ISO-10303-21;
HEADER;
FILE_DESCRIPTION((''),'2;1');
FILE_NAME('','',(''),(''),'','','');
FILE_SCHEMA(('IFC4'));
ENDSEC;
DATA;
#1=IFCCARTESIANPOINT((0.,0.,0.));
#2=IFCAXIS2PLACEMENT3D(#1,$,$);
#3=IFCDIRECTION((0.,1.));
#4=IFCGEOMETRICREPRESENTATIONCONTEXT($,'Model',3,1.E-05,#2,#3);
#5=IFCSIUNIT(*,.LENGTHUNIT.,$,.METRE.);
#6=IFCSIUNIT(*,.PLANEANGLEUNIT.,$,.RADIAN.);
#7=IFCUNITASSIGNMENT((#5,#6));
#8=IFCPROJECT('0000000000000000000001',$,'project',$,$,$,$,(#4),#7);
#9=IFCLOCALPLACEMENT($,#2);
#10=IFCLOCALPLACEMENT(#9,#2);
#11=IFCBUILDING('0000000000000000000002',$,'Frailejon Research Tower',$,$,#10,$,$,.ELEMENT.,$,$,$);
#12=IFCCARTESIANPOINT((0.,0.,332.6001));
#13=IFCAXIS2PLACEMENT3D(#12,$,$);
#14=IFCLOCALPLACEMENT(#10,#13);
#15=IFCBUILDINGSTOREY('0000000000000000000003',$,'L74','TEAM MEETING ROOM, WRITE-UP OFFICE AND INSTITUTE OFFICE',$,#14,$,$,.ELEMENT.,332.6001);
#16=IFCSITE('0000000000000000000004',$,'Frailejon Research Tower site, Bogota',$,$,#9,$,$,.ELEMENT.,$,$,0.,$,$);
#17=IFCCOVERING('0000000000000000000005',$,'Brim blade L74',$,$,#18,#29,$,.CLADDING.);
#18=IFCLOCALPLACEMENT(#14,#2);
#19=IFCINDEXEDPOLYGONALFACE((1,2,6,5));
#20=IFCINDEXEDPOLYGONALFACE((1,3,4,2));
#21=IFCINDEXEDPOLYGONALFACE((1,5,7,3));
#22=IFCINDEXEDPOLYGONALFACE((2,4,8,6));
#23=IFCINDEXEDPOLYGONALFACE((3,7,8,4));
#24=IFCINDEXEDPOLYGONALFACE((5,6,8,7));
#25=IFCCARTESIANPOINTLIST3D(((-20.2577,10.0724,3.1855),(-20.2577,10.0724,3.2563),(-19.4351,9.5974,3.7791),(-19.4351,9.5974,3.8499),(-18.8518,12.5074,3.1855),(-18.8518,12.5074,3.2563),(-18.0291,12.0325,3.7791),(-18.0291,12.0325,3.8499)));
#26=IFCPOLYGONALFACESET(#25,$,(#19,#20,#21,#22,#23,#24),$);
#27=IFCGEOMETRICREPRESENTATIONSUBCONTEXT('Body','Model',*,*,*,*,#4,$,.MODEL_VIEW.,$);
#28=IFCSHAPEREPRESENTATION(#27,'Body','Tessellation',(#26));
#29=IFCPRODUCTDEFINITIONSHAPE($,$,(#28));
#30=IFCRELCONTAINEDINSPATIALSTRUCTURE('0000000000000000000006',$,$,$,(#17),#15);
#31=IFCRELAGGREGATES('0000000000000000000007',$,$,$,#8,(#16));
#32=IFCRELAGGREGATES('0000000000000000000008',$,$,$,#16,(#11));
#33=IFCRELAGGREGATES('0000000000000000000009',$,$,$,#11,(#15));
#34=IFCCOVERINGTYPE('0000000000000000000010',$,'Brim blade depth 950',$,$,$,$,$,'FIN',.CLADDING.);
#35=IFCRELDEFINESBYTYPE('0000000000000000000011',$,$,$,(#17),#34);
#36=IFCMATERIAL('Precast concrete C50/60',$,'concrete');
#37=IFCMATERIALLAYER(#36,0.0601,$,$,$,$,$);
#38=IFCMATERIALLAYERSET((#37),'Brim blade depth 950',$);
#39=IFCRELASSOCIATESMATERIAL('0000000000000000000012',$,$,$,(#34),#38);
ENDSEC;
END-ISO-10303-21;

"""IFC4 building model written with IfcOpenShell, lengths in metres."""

from ifc_helpers import new_model, si_unit, direction, frame, origin, place, context, subcontext, project, spatial, polyline, outline, extrude, material, layer, layer_set, type_object, element, save


model = new_model("IFC4")

# Units and contexts
model_context = context("Model", 3, precision=1e-05, world=origin(), true_north=direction((0.0, 1.0)))
body_context = subcontext(model_context, "Body", "Model", "MODEL_VIEW")
ifc_project = project(units=[si_unit("LENGTHUNIT", "METRE"), si_unit("PLANEANGLEUNIT", "RADIAN")], contexts=[model_context])

# Site, building, storey
site_placement = place(None, origin())
site = spatial("IfcSite", under=ifc_project, at=site_placement, Name="Frailejon Research Tower site, Bogota", CompositionType="ELEMENT", RefElevation=0.0)
building_placement = place(site_placement, origin())
building = spatial("IfcBuilding", under=site, at=building_placement, Name="Frailejon Research Tower", CompositionType="ELEMENT")
storey_placement = place(building_placement, frame((0.0, 0.0, 332.6001)))
storey = spatial("IfcBuildingStorey", under=building, at=storey_placement, Name="L74", Description="TEAM MEETING ROOM, WRITE-UP OFFICE AND INSTITUTE OFFICE", CompositionType="ELEMENT", Elevation=332.6001)

# Covering
ifc_material_1 = material(Name="Precast concrete C50/60", Category="concrete")
ifc_layer_1 = layer(ifc_material_1, 0.0601)
ifc_layer_set_1 = layer_set([ifc_layer_1], Name="Brim blade depth 950")
covering_type_1 = type_object("IfcCoveringType", Name="Brim blade depth 950", ElementType="FIN", PredefinedType="CLADDING", material=ifc_layer_set_1)
covering_1_placement = place(storey_placement, frame((-19.4351, 9.5974, 3.8499), z_axis=(0.500014, 0.866017, 0.0), x_axis=(-0.866017, 0.500014, 0.0)))
element("IfcCovering", 1, at=covering_1_placement, inside=storey, type_object=covering_type_1, Name="Brim blade L74", PredefinedType="CLADDING", context=body_context, shape_type="SweptSolid", body=[
    extrude(outline(polyline([(0.0, -0.0708), (0.95, -0.6643), (0.95, -0.5935), (0.0, 0.0), (0.0, -0.0708)])), origin(), (0.0, 0.0, 1.0), 2.8118),
])

save(model, "model.ifc")
